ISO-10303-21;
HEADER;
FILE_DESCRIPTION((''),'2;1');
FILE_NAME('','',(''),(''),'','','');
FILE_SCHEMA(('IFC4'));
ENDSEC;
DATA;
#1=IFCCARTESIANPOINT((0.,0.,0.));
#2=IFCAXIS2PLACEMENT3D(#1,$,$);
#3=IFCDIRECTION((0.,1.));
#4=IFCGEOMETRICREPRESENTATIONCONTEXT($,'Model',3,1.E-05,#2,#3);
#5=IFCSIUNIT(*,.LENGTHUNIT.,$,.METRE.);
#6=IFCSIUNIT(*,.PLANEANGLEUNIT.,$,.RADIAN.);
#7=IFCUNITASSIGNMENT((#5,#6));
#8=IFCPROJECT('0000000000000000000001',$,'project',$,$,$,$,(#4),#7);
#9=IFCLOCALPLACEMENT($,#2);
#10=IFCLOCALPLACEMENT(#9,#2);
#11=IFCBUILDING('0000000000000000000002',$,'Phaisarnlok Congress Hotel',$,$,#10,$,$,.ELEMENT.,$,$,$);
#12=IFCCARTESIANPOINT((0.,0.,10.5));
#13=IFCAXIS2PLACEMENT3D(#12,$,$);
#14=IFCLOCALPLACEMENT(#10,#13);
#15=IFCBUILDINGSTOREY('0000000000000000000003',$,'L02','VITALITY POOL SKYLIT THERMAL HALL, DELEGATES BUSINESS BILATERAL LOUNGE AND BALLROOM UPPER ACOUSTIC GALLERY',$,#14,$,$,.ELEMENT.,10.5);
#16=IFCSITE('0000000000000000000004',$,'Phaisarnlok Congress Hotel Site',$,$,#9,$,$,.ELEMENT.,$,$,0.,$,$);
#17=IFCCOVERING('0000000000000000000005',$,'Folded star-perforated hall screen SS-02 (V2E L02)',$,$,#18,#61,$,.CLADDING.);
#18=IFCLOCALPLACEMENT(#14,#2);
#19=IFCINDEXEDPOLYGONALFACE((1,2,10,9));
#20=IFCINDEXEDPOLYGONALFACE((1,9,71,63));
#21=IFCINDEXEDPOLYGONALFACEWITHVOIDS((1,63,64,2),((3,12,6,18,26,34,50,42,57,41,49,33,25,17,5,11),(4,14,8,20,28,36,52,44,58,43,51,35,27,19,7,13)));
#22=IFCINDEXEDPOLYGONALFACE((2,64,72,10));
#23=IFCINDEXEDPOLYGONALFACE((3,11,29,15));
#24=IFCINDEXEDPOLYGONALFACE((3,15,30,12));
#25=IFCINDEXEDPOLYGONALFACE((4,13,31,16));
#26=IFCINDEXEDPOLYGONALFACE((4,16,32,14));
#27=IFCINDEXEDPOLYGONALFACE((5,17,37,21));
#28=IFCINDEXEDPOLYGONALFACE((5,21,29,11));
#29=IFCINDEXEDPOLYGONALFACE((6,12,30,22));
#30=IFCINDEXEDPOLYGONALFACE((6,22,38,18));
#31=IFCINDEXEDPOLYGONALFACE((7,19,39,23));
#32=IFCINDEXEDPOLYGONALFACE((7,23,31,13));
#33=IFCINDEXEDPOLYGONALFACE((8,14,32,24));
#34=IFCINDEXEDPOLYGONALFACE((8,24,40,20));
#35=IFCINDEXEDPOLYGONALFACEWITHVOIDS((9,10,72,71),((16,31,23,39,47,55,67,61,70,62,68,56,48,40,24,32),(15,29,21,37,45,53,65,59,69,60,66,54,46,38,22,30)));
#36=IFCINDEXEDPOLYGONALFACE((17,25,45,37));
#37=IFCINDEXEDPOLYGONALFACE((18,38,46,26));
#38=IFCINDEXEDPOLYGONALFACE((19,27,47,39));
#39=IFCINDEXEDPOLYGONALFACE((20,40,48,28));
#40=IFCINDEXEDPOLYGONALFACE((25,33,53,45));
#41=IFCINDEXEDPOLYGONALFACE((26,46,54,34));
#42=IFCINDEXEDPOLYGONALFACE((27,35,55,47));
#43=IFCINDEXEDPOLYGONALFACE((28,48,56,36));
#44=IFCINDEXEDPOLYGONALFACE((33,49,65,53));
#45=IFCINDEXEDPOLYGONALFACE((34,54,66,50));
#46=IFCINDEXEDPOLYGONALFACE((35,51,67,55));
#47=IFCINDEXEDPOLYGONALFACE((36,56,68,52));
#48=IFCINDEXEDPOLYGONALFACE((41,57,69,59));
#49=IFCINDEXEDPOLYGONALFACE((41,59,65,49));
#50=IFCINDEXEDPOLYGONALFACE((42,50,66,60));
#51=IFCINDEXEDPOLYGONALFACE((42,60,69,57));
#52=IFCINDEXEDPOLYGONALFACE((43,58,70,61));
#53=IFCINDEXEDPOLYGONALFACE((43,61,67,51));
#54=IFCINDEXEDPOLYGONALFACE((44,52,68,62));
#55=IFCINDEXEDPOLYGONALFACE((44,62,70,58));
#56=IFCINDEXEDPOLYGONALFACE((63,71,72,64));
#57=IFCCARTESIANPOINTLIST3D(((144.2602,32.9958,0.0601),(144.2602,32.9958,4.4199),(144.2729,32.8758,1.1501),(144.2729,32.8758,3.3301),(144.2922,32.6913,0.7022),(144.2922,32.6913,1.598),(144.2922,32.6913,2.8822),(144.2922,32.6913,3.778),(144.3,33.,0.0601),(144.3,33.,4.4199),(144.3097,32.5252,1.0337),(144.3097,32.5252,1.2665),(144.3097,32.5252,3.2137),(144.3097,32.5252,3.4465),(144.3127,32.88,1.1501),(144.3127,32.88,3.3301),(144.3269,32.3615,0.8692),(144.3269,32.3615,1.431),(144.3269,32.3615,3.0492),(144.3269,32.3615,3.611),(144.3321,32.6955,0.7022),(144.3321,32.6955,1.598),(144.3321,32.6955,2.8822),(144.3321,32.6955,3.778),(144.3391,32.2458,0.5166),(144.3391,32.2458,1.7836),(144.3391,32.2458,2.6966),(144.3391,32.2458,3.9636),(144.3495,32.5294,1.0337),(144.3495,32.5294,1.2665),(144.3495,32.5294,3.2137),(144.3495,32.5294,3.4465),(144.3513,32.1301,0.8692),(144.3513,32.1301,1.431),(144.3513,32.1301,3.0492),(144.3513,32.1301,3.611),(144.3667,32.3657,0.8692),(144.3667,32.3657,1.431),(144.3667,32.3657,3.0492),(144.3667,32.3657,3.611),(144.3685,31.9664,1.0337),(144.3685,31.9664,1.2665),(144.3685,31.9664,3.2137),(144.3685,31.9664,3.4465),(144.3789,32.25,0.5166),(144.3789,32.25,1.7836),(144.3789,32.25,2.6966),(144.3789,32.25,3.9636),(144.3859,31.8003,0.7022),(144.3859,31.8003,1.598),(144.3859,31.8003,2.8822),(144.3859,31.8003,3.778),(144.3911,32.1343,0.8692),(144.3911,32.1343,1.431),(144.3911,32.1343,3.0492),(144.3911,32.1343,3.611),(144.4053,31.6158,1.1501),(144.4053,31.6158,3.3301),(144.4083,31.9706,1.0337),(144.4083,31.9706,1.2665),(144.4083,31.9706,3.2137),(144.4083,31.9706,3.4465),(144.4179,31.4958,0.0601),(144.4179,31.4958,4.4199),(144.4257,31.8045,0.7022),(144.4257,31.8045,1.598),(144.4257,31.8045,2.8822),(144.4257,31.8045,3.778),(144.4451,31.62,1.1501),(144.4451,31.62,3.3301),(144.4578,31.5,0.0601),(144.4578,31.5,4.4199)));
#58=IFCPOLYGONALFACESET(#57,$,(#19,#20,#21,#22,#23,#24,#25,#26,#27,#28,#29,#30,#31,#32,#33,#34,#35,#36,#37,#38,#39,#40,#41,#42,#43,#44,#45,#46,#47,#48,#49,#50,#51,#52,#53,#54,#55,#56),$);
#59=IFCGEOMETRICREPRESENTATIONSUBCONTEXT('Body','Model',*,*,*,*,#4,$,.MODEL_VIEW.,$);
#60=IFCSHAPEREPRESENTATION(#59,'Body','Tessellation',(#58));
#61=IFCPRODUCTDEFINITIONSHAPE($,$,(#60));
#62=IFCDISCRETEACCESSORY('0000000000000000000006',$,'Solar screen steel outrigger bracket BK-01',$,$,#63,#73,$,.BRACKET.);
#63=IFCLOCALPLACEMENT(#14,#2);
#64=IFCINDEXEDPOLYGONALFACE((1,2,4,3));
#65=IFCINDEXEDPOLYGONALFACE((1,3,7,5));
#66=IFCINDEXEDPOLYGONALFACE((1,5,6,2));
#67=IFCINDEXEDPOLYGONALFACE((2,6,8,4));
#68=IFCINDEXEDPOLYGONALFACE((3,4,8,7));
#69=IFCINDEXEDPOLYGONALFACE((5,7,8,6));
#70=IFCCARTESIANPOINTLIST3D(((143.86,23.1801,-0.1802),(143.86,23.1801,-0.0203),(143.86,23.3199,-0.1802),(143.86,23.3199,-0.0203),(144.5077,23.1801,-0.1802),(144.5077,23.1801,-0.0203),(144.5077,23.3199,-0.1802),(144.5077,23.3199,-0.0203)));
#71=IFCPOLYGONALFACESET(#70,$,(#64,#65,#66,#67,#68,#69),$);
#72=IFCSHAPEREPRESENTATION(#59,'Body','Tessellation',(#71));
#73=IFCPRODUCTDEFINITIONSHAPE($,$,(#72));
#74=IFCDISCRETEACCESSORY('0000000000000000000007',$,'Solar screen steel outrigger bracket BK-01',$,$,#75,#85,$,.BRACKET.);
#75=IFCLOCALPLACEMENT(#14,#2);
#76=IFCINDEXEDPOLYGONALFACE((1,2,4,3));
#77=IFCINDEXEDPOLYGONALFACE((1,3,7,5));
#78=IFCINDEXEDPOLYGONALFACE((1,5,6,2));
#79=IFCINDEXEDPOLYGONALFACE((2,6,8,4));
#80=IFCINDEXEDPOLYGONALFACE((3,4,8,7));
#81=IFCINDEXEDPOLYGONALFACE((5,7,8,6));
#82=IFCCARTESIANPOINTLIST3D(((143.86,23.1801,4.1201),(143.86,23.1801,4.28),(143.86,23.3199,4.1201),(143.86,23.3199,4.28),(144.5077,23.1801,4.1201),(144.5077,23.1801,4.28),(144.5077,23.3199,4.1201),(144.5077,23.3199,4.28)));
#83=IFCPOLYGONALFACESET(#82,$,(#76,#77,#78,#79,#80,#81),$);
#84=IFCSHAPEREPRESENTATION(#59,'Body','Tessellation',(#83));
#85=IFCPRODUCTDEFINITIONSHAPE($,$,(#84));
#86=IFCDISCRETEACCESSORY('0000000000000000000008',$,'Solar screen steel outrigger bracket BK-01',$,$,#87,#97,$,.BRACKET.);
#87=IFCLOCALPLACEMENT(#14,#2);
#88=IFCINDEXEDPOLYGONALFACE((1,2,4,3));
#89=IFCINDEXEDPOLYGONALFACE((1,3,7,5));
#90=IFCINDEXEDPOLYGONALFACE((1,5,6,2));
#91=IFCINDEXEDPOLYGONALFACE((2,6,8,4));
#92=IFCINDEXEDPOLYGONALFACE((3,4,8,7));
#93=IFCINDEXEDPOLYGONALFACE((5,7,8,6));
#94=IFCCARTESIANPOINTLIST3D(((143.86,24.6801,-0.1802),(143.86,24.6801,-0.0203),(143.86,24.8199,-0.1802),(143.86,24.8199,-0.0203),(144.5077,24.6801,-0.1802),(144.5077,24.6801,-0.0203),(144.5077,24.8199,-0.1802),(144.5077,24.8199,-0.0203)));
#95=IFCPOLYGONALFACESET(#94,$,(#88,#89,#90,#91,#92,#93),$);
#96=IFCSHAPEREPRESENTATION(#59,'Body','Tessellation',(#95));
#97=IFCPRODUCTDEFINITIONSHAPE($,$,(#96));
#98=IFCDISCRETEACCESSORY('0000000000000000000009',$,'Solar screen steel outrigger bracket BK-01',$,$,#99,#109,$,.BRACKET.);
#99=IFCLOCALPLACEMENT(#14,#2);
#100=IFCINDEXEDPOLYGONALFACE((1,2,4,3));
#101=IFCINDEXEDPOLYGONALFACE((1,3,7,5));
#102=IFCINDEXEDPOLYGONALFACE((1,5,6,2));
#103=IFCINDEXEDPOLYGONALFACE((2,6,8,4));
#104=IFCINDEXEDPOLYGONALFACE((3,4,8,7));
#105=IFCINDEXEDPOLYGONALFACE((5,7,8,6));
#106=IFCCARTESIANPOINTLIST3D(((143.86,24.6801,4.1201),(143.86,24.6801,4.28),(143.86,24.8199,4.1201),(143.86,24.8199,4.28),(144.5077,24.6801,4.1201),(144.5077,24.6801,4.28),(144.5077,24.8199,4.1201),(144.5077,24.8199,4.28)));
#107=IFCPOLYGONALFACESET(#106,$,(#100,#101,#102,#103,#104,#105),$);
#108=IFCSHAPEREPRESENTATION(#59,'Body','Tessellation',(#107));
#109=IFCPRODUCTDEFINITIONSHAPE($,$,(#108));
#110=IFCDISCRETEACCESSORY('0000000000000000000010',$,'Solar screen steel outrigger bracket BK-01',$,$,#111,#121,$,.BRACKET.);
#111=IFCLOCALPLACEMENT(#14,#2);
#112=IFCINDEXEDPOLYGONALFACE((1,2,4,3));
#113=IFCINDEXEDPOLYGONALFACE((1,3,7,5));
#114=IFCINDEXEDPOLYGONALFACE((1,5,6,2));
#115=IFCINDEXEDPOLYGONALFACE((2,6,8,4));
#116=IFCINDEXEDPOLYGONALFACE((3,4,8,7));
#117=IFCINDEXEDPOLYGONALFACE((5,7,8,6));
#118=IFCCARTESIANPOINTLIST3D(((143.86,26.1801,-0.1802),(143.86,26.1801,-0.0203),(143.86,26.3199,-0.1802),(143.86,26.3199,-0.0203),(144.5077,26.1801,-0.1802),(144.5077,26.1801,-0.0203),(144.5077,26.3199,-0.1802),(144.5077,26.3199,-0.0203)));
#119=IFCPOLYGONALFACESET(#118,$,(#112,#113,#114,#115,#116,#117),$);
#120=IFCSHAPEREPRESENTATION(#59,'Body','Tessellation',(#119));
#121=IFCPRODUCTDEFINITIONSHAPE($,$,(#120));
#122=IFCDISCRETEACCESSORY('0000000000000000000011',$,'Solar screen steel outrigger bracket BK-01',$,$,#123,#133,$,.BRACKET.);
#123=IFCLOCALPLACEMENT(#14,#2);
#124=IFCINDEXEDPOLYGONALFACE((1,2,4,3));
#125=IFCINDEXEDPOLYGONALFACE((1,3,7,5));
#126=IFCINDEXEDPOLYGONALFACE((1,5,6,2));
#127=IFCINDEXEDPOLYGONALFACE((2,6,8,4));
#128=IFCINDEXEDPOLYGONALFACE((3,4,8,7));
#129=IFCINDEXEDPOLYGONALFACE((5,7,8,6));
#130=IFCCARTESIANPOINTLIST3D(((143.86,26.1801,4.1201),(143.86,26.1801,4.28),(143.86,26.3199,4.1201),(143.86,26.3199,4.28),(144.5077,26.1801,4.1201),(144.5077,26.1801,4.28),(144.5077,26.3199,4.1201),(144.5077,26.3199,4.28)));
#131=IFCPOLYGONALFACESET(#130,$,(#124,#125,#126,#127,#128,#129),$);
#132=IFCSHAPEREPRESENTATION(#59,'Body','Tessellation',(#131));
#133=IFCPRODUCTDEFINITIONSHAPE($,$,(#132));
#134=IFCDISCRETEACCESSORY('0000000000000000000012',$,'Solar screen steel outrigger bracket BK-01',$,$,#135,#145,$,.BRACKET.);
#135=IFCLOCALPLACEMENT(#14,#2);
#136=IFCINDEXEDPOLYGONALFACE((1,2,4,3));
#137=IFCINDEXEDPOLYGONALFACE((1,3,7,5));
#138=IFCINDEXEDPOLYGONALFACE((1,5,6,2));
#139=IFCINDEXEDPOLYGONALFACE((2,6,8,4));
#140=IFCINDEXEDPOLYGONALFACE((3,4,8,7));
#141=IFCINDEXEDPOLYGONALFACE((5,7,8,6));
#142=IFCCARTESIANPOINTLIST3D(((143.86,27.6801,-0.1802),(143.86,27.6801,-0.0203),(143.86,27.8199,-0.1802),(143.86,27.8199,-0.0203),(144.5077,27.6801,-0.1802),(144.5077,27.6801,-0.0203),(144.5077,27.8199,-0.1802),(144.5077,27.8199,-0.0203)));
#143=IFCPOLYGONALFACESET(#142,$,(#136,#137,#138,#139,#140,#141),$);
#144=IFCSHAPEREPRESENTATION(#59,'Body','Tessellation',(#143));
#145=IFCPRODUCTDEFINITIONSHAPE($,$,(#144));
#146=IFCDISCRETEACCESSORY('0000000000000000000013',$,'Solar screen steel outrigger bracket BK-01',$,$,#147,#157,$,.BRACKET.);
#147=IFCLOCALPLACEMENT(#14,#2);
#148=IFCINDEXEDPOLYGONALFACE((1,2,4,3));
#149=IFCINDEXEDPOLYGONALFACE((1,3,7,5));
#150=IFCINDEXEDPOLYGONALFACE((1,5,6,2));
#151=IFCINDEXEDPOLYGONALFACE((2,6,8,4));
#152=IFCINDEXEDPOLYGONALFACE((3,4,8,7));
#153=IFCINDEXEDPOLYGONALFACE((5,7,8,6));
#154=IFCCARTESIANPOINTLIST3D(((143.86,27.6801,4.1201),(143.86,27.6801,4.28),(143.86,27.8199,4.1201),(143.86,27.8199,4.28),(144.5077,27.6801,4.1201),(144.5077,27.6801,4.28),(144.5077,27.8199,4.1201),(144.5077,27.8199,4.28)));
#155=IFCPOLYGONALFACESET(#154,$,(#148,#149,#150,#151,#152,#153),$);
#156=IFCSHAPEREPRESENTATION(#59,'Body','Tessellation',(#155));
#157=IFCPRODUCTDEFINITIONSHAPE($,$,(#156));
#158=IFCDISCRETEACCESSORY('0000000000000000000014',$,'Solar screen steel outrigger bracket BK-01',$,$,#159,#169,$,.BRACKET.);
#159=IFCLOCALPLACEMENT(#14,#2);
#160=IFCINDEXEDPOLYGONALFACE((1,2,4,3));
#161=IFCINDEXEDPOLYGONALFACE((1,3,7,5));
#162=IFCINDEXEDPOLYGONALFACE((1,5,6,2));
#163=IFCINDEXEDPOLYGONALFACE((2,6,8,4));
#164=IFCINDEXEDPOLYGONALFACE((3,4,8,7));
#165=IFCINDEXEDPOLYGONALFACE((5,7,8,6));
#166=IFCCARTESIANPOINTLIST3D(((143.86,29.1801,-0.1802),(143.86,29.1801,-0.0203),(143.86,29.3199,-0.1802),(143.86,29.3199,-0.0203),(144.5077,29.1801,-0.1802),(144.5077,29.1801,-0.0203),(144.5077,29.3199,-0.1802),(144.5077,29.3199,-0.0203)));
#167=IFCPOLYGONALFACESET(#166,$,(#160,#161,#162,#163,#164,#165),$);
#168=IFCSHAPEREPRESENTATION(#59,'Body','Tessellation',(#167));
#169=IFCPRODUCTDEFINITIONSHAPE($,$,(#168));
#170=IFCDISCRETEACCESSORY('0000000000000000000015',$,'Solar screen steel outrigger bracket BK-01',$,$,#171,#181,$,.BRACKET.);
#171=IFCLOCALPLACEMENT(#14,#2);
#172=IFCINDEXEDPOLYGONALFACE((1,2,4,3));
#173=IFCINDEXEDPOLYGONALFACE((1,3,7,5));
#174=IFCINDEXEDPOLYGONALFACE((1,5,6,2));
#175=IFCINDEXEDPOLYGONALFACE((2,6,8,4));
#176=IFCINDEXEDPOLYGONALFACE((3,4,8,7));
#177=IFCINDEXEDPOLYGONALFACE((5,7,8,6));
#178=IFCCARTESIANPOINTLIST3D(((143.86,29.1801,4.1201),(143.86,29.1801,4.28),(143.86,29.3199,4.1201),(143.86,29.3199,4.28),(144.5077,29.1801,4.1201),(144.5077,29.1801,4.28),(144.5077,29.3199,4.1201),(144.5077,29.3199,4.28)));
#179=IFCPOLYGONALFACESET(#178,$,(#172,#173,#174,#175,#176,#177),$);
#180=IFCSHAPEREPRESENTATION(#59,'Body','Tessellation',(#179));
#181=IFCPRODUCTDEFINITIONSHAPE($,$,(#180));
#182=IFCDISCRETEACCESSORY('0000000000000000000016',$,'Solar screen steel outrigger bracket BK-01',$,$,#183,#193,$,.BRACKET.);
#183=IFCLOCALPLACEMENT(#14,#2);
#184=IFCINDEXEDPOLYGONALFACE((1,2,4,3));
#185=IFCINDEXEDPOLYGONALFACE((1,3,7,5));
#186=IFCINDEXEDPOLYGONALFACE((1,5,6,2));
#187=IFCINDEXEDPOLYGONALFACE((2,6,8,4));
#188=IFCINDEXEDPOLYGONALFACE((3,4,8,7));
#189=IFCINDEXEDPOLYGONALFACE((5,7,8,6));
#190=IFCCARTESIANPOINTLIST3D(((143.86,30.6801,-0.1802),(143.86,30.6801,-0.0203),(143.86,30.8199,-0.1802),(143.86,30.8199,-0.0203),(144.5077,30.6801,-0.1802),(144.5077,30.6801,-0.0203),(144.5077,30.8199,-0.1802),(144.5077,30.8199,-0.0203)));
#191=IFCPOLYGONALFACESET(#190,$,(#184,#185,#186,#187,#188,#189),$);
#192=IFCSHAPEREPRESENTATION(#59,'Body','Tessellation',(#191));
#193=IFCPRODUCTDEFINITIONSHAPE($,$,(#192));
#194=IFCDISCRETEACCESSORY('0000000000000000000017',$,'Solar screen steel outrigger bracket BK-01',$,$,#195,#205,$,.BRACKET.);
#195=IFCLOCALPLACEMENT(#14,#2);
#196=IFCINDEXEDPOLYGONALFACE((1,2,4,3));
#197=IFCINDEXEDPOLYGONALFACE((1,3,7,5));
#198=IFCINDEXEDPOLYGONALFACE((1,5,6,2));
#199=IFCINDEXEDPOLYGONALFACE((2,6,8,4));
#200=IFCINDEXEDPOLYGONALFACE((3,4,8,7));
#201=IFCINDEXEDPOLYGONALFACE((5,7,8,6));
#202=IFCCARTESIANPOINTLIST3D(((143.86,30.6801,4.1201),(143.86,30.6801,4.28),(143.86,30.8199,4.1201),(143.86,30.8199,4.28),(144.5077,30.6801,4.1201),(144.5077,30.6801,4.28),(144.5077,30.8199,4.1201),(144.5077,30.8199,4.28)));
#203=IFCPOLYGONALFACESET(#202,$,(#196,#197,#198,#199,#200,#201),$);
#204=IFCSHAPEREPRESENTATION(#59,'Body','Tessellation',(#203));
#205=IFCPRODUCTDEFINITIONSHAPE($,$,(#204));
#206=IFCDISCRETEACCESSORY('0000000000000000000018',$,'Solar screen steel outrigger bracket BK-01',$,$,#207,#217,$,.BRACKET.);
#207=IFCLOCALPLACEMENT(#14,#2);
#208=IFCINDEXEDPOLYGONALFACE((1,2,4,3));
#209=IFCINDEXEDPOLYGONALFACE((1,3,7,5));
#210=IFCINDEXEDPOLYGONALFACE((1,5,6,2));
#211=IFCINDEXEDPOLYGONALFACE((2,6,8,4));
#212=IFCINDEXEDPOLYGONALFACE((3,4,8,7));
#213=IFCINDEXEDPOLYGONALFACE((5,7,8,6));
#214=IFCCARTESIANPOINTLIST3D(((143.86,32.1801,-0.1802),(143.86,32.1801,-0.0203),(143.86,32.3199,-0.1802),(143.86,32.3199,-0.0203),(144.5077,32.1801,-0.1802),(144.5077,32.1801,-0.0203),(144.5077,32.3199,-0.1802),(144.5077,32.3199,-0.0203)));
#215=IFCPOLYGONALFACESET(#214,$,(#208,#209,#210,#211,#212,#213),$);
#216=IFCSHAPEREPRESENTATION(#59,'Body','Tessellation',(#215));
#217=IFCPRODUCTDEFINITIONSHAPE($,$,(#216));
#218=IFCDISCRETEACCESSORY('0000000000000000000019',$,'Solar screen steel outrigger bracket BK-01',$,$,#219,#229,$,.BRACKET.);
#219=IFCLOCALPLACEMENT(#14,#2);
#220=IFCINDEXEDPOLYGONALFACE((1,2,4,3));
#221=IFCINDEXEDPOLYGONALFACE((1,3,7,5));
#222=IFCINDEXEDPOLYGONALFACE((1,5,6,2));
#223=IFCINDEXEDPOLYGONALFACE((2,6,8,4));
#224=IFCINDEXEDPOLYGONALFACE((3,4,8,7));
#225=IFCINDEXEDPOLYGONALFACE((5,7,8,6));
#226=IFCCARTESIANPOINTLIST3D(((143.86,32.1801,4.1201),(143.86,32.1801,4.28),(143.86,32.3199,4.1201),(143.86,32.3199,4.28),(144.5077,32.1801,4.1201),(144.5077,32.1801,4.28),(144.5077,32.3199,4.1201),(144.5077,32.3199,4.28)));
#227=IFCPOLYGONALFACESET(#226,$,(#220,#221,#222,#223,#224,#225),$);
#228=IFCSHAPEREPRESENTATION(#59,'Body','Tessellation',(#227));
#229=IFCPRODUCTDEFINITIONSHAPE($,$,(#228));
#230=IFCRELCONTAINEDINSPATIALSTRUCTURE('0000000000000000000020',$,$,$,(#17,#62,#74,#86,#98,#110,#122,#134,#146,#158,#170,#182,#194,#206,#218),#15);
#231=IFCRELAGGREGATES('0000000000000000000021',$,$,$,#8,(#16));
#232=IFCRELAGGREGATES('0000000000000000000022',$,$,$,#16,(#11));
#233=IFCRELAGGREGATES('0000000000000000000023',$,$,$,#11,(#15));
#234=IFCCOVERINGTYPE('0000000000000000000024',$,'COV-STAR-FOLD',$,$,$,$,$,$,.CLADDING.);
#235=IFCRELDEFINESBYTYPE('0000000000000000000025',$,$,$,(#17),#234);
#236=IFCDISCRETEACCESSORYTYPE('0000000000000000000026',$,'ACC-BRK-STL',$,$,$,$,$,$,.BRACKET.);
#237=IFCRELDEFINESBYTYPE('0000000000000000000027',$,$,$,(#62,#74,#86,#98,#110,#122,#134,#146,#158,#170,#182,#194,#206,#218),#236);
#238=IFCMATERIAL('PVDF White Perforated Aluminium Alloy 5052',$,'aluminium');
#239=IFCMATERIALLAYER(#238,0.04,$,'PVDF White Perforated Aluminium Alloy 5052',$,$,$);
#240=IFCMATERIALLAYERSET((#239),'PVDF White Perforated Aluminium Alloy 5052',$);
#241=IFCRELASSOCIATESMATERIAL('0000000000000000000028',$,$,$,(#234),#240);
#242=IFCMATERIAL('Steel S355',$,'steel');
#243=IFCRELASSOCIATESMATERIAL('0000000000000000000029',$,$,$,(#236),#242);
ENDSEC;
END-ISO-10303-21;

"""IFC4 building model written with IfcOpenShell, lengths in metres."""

from ifc_helpers import new_model, si_unit, direction, frame, origin, origin_2d, place, context, subcontext, project, spatial, polyline, rectangle, outline, extrude, material, layer, layer_set, type_object, element, save


model = new_model("IFC4")

# Units and contexts
model_context = context("Model", 3, precision=1e-05, world=origin(), true_north=direction((0.0, 1.0)))
body_context = subcontext(model_context, "Body", "Model", "MODEL_VIEW")
ifc_project = project(units=[si_unit("LENGTHUNIT", "METRE"), si_unit("PLANEANGLEUNIT", "RADIAN")], contexts=[model_context])

# Site, building, storey
site_placement = place(None, origin())
site = spatial("IfcSite", under=ifc_project, at=site_placement, Name="Phaisarnlok Congress Hotel Site", CompositionType="ELEMENT", RefElevation=0.0)
building_placement = place(site_placement, origin())
building = spatial("IfcBuilding", under=site, at=building_placement, Name="Phaisarnlok Congress Hotel", CompositionType="ELEMENT")
storey_placement = place(building_placement, frame((0.0, 0.0, 10.5)))
storey = spatial("IfcBuildingStorey", under=building, at=storey_placement, Name="L02", Description="VITALITY POOL SKYLIT THERMAL HALL, DELEGATES BUSINESS BILATERAL LOUNGE AND BALLROOM UPPER ACOUSTIC GALLERY", CompositionType="ELEMENT", Elevation=10.5)

# Covering
ifc_material_1 = material(Name="PVDF White Perforated Aluminium Alloy 5052", Category="aluminium")
ifc_layer = layer(ifc_material_1, 0.04, Name="PVDF White Perforated Aluminium Alloy 5052")
ifc_layer_set = layer_set([ifc_layer], Name="PVDF White Perforated Aluminium Alloy 5052")
covering_type = type_object("IfcCoveringType", Name="COV-STAR-FOLD", PredefinedType="CLADDING", material=ifc_layer_set)
for number, where, z_axis, x_axis, name in (
    (1, (144.3, 33.0, 0.0601), (-0.994518, -0.104567, 0.0), (0.104567, -0.994518, 0.0), "Folded star-perforated hall screen SS-02 (V2E L02)"),
):
    element("IfcCovering", number, at=place(storey_placement, frame(where, z_axis=z_axis, x_axis=x_axis)), inside=storey, type_object=covering_type, Name=name, PredefinedType="CLADDING", context=body_context, shape_type="SweptSolid", body=[
        extrude(outline(polyline([(0.0, 0.0), (1.5083, 0.0), (1.5083, 4.3599), (0.0, 4.3599), (0.0, 0.0)]), holes=[polyline([(1.0351, 0.9736), (1.2021, 0.6421), (0.8705, 0.8091), (0.7541, 0.4565), (0.6378, 0.8091), (0.3062, 0.6421), (0.4732, 0.9736), (0.1207, 1.09), (0.4732, 1.2064), (0.3062, 1.5379), (0.6378, 1.3709), (0.7541, 1.7235), (0.8705, 1.3709), (1.2021, 1.5379), (1.0351, 1.2064), (1.3876, 1.09), (1.0351, 0.9736)]), polyline([(1.0351, 3.1536), (1.2021, 2.8221), (0.8705, 2.9891), (0.7541, 2.6365), (0.6378, 2.9891), (0.3062, 2.8221), (0.4732, 3.1536), (0.1207, 3.27), (0.4732, 3.3864), (0.3062, 3.7179), (0.6378, 3.5509), (0.7541, 3.9035), (0.8705, 3.5509), (1.2021, 3.7179), (1.0351, 3.3864), (1.3876, 3.27), (1.0351, 3.1536)])]), origin(), (0.0, 0.0, 1.0), 0.04),
    ])

# Discrete accessories
ifc_material_2 = material(Name="Steel S355", Category="steel")
discrete_accessory_type = type_object("IfcDiscreteAccessoryType", Name="ACC-BRK-STL", PredefinedType="BRACKET", material=ifc_material_2)
for number, where, z_axis, x_axis, name in (
    (2, (144.1838, 23.25, -0.1802), (0.0, 0.0, 1.0), (1.0, 0.0, 0.0), "Solar screen steel outrigger bracket BK-01"),
    (3, (144.1838, 23.25, 4.1201), (0.0, 0.0, 1.0), (1.0, 0.0, 0.0), "Solar screen steel outrigger bracket BK-01"),
    (4, (144.1838, 24.75, -0.1802), (0.0, 0.0, 1.0), (1.0, 0.0, 0.0), "Solar screen steel outrigger bracket BK-01"),
    (5, (144.1838, 24.75, 4.1201), (0.0, 0.0, 1.0), (1.0, 0.0, 0.0), "Solar screen steel outrigger bracket BK-01"),
    (6, (144.1838, 26.25, -0.1802), (0.0, 0.0, 1.0), (1.0, 0.0, 0.0), "Solar screen steel outrigger bracket BK-01"),
    (7, (144.1838, 26.25, 4.1201), (0.0, 0.0, 1.0), (1.0, 0.0, 0.0), "Solar screen steel outrigger bracket BK-01"),
    (8, (144.1838, 27.75, -0.1802), (0.0, 0.0, 1.0), (1.0, 0.0, 0.0), "Solar screen steel outrigger bracket BK-01"),
    (9, (144.1838, 27.75, 4.1201), (0.0, 0.0, 1.0), (1.0, 0.0, 0.0), "Solar screen steel outrigger bracket BK-01"),
    (10, (144.1838, 29.25, -0.1802), (0.0, 0.0, 1.0), (1.0, 0.0, 0.0), "Solar screen steel outrigger bracket BK-01"),
    (11, (144.1838, 29.25, 4.1201), (0.0, 0.0, 1.0), (1.0, 0.0, 0.0), "Solar screen steel outrigger bracket BK-01"),
    (12, (144.1838, 30.75, -0.1802), (0.0, 0.0, 1.0), (1.0, 0.0, 0.0), "Solar screen steel outrigger bracket BK-01"),
    (13, (144.1838, 30.75, 4.1201), (0.0, 0.0, 1.0), (1.0, 0.0, 0.0), "Solar screen steel outrigger bracket BK-01"),
    (14, (144.1838, 32.25, -0.1802), (0.0, 0.0, 1.0), (1.0, 0.0, 0.0), "Solar screen steel outrigger bracket BK-01"),
    (15, (144.1838, 32.25, 4.1201), (0.0, 0.0, 1.0), (1.0, 0.0, 0.0), "Solar screen steel outrigger bracket BK-01"),
):
    element("IfcDiscreteAccessory", number, at=place(storey_placement, frame(where, z_axis=z_axis, x_axis=x_axis)), inside=storey, type_object=discrete_accessory_type, Name=name, PredefinedType="BRACKET", context=body_context, shape_type="SweptSolid", body=[
        extrude(rectangle(XDim=0.6477, YDim=0.1399, at=origin_2d()), origin(), (0.0, 0.0, 1.0), 0.1599),
    ])

save(model, "model.ifc")
